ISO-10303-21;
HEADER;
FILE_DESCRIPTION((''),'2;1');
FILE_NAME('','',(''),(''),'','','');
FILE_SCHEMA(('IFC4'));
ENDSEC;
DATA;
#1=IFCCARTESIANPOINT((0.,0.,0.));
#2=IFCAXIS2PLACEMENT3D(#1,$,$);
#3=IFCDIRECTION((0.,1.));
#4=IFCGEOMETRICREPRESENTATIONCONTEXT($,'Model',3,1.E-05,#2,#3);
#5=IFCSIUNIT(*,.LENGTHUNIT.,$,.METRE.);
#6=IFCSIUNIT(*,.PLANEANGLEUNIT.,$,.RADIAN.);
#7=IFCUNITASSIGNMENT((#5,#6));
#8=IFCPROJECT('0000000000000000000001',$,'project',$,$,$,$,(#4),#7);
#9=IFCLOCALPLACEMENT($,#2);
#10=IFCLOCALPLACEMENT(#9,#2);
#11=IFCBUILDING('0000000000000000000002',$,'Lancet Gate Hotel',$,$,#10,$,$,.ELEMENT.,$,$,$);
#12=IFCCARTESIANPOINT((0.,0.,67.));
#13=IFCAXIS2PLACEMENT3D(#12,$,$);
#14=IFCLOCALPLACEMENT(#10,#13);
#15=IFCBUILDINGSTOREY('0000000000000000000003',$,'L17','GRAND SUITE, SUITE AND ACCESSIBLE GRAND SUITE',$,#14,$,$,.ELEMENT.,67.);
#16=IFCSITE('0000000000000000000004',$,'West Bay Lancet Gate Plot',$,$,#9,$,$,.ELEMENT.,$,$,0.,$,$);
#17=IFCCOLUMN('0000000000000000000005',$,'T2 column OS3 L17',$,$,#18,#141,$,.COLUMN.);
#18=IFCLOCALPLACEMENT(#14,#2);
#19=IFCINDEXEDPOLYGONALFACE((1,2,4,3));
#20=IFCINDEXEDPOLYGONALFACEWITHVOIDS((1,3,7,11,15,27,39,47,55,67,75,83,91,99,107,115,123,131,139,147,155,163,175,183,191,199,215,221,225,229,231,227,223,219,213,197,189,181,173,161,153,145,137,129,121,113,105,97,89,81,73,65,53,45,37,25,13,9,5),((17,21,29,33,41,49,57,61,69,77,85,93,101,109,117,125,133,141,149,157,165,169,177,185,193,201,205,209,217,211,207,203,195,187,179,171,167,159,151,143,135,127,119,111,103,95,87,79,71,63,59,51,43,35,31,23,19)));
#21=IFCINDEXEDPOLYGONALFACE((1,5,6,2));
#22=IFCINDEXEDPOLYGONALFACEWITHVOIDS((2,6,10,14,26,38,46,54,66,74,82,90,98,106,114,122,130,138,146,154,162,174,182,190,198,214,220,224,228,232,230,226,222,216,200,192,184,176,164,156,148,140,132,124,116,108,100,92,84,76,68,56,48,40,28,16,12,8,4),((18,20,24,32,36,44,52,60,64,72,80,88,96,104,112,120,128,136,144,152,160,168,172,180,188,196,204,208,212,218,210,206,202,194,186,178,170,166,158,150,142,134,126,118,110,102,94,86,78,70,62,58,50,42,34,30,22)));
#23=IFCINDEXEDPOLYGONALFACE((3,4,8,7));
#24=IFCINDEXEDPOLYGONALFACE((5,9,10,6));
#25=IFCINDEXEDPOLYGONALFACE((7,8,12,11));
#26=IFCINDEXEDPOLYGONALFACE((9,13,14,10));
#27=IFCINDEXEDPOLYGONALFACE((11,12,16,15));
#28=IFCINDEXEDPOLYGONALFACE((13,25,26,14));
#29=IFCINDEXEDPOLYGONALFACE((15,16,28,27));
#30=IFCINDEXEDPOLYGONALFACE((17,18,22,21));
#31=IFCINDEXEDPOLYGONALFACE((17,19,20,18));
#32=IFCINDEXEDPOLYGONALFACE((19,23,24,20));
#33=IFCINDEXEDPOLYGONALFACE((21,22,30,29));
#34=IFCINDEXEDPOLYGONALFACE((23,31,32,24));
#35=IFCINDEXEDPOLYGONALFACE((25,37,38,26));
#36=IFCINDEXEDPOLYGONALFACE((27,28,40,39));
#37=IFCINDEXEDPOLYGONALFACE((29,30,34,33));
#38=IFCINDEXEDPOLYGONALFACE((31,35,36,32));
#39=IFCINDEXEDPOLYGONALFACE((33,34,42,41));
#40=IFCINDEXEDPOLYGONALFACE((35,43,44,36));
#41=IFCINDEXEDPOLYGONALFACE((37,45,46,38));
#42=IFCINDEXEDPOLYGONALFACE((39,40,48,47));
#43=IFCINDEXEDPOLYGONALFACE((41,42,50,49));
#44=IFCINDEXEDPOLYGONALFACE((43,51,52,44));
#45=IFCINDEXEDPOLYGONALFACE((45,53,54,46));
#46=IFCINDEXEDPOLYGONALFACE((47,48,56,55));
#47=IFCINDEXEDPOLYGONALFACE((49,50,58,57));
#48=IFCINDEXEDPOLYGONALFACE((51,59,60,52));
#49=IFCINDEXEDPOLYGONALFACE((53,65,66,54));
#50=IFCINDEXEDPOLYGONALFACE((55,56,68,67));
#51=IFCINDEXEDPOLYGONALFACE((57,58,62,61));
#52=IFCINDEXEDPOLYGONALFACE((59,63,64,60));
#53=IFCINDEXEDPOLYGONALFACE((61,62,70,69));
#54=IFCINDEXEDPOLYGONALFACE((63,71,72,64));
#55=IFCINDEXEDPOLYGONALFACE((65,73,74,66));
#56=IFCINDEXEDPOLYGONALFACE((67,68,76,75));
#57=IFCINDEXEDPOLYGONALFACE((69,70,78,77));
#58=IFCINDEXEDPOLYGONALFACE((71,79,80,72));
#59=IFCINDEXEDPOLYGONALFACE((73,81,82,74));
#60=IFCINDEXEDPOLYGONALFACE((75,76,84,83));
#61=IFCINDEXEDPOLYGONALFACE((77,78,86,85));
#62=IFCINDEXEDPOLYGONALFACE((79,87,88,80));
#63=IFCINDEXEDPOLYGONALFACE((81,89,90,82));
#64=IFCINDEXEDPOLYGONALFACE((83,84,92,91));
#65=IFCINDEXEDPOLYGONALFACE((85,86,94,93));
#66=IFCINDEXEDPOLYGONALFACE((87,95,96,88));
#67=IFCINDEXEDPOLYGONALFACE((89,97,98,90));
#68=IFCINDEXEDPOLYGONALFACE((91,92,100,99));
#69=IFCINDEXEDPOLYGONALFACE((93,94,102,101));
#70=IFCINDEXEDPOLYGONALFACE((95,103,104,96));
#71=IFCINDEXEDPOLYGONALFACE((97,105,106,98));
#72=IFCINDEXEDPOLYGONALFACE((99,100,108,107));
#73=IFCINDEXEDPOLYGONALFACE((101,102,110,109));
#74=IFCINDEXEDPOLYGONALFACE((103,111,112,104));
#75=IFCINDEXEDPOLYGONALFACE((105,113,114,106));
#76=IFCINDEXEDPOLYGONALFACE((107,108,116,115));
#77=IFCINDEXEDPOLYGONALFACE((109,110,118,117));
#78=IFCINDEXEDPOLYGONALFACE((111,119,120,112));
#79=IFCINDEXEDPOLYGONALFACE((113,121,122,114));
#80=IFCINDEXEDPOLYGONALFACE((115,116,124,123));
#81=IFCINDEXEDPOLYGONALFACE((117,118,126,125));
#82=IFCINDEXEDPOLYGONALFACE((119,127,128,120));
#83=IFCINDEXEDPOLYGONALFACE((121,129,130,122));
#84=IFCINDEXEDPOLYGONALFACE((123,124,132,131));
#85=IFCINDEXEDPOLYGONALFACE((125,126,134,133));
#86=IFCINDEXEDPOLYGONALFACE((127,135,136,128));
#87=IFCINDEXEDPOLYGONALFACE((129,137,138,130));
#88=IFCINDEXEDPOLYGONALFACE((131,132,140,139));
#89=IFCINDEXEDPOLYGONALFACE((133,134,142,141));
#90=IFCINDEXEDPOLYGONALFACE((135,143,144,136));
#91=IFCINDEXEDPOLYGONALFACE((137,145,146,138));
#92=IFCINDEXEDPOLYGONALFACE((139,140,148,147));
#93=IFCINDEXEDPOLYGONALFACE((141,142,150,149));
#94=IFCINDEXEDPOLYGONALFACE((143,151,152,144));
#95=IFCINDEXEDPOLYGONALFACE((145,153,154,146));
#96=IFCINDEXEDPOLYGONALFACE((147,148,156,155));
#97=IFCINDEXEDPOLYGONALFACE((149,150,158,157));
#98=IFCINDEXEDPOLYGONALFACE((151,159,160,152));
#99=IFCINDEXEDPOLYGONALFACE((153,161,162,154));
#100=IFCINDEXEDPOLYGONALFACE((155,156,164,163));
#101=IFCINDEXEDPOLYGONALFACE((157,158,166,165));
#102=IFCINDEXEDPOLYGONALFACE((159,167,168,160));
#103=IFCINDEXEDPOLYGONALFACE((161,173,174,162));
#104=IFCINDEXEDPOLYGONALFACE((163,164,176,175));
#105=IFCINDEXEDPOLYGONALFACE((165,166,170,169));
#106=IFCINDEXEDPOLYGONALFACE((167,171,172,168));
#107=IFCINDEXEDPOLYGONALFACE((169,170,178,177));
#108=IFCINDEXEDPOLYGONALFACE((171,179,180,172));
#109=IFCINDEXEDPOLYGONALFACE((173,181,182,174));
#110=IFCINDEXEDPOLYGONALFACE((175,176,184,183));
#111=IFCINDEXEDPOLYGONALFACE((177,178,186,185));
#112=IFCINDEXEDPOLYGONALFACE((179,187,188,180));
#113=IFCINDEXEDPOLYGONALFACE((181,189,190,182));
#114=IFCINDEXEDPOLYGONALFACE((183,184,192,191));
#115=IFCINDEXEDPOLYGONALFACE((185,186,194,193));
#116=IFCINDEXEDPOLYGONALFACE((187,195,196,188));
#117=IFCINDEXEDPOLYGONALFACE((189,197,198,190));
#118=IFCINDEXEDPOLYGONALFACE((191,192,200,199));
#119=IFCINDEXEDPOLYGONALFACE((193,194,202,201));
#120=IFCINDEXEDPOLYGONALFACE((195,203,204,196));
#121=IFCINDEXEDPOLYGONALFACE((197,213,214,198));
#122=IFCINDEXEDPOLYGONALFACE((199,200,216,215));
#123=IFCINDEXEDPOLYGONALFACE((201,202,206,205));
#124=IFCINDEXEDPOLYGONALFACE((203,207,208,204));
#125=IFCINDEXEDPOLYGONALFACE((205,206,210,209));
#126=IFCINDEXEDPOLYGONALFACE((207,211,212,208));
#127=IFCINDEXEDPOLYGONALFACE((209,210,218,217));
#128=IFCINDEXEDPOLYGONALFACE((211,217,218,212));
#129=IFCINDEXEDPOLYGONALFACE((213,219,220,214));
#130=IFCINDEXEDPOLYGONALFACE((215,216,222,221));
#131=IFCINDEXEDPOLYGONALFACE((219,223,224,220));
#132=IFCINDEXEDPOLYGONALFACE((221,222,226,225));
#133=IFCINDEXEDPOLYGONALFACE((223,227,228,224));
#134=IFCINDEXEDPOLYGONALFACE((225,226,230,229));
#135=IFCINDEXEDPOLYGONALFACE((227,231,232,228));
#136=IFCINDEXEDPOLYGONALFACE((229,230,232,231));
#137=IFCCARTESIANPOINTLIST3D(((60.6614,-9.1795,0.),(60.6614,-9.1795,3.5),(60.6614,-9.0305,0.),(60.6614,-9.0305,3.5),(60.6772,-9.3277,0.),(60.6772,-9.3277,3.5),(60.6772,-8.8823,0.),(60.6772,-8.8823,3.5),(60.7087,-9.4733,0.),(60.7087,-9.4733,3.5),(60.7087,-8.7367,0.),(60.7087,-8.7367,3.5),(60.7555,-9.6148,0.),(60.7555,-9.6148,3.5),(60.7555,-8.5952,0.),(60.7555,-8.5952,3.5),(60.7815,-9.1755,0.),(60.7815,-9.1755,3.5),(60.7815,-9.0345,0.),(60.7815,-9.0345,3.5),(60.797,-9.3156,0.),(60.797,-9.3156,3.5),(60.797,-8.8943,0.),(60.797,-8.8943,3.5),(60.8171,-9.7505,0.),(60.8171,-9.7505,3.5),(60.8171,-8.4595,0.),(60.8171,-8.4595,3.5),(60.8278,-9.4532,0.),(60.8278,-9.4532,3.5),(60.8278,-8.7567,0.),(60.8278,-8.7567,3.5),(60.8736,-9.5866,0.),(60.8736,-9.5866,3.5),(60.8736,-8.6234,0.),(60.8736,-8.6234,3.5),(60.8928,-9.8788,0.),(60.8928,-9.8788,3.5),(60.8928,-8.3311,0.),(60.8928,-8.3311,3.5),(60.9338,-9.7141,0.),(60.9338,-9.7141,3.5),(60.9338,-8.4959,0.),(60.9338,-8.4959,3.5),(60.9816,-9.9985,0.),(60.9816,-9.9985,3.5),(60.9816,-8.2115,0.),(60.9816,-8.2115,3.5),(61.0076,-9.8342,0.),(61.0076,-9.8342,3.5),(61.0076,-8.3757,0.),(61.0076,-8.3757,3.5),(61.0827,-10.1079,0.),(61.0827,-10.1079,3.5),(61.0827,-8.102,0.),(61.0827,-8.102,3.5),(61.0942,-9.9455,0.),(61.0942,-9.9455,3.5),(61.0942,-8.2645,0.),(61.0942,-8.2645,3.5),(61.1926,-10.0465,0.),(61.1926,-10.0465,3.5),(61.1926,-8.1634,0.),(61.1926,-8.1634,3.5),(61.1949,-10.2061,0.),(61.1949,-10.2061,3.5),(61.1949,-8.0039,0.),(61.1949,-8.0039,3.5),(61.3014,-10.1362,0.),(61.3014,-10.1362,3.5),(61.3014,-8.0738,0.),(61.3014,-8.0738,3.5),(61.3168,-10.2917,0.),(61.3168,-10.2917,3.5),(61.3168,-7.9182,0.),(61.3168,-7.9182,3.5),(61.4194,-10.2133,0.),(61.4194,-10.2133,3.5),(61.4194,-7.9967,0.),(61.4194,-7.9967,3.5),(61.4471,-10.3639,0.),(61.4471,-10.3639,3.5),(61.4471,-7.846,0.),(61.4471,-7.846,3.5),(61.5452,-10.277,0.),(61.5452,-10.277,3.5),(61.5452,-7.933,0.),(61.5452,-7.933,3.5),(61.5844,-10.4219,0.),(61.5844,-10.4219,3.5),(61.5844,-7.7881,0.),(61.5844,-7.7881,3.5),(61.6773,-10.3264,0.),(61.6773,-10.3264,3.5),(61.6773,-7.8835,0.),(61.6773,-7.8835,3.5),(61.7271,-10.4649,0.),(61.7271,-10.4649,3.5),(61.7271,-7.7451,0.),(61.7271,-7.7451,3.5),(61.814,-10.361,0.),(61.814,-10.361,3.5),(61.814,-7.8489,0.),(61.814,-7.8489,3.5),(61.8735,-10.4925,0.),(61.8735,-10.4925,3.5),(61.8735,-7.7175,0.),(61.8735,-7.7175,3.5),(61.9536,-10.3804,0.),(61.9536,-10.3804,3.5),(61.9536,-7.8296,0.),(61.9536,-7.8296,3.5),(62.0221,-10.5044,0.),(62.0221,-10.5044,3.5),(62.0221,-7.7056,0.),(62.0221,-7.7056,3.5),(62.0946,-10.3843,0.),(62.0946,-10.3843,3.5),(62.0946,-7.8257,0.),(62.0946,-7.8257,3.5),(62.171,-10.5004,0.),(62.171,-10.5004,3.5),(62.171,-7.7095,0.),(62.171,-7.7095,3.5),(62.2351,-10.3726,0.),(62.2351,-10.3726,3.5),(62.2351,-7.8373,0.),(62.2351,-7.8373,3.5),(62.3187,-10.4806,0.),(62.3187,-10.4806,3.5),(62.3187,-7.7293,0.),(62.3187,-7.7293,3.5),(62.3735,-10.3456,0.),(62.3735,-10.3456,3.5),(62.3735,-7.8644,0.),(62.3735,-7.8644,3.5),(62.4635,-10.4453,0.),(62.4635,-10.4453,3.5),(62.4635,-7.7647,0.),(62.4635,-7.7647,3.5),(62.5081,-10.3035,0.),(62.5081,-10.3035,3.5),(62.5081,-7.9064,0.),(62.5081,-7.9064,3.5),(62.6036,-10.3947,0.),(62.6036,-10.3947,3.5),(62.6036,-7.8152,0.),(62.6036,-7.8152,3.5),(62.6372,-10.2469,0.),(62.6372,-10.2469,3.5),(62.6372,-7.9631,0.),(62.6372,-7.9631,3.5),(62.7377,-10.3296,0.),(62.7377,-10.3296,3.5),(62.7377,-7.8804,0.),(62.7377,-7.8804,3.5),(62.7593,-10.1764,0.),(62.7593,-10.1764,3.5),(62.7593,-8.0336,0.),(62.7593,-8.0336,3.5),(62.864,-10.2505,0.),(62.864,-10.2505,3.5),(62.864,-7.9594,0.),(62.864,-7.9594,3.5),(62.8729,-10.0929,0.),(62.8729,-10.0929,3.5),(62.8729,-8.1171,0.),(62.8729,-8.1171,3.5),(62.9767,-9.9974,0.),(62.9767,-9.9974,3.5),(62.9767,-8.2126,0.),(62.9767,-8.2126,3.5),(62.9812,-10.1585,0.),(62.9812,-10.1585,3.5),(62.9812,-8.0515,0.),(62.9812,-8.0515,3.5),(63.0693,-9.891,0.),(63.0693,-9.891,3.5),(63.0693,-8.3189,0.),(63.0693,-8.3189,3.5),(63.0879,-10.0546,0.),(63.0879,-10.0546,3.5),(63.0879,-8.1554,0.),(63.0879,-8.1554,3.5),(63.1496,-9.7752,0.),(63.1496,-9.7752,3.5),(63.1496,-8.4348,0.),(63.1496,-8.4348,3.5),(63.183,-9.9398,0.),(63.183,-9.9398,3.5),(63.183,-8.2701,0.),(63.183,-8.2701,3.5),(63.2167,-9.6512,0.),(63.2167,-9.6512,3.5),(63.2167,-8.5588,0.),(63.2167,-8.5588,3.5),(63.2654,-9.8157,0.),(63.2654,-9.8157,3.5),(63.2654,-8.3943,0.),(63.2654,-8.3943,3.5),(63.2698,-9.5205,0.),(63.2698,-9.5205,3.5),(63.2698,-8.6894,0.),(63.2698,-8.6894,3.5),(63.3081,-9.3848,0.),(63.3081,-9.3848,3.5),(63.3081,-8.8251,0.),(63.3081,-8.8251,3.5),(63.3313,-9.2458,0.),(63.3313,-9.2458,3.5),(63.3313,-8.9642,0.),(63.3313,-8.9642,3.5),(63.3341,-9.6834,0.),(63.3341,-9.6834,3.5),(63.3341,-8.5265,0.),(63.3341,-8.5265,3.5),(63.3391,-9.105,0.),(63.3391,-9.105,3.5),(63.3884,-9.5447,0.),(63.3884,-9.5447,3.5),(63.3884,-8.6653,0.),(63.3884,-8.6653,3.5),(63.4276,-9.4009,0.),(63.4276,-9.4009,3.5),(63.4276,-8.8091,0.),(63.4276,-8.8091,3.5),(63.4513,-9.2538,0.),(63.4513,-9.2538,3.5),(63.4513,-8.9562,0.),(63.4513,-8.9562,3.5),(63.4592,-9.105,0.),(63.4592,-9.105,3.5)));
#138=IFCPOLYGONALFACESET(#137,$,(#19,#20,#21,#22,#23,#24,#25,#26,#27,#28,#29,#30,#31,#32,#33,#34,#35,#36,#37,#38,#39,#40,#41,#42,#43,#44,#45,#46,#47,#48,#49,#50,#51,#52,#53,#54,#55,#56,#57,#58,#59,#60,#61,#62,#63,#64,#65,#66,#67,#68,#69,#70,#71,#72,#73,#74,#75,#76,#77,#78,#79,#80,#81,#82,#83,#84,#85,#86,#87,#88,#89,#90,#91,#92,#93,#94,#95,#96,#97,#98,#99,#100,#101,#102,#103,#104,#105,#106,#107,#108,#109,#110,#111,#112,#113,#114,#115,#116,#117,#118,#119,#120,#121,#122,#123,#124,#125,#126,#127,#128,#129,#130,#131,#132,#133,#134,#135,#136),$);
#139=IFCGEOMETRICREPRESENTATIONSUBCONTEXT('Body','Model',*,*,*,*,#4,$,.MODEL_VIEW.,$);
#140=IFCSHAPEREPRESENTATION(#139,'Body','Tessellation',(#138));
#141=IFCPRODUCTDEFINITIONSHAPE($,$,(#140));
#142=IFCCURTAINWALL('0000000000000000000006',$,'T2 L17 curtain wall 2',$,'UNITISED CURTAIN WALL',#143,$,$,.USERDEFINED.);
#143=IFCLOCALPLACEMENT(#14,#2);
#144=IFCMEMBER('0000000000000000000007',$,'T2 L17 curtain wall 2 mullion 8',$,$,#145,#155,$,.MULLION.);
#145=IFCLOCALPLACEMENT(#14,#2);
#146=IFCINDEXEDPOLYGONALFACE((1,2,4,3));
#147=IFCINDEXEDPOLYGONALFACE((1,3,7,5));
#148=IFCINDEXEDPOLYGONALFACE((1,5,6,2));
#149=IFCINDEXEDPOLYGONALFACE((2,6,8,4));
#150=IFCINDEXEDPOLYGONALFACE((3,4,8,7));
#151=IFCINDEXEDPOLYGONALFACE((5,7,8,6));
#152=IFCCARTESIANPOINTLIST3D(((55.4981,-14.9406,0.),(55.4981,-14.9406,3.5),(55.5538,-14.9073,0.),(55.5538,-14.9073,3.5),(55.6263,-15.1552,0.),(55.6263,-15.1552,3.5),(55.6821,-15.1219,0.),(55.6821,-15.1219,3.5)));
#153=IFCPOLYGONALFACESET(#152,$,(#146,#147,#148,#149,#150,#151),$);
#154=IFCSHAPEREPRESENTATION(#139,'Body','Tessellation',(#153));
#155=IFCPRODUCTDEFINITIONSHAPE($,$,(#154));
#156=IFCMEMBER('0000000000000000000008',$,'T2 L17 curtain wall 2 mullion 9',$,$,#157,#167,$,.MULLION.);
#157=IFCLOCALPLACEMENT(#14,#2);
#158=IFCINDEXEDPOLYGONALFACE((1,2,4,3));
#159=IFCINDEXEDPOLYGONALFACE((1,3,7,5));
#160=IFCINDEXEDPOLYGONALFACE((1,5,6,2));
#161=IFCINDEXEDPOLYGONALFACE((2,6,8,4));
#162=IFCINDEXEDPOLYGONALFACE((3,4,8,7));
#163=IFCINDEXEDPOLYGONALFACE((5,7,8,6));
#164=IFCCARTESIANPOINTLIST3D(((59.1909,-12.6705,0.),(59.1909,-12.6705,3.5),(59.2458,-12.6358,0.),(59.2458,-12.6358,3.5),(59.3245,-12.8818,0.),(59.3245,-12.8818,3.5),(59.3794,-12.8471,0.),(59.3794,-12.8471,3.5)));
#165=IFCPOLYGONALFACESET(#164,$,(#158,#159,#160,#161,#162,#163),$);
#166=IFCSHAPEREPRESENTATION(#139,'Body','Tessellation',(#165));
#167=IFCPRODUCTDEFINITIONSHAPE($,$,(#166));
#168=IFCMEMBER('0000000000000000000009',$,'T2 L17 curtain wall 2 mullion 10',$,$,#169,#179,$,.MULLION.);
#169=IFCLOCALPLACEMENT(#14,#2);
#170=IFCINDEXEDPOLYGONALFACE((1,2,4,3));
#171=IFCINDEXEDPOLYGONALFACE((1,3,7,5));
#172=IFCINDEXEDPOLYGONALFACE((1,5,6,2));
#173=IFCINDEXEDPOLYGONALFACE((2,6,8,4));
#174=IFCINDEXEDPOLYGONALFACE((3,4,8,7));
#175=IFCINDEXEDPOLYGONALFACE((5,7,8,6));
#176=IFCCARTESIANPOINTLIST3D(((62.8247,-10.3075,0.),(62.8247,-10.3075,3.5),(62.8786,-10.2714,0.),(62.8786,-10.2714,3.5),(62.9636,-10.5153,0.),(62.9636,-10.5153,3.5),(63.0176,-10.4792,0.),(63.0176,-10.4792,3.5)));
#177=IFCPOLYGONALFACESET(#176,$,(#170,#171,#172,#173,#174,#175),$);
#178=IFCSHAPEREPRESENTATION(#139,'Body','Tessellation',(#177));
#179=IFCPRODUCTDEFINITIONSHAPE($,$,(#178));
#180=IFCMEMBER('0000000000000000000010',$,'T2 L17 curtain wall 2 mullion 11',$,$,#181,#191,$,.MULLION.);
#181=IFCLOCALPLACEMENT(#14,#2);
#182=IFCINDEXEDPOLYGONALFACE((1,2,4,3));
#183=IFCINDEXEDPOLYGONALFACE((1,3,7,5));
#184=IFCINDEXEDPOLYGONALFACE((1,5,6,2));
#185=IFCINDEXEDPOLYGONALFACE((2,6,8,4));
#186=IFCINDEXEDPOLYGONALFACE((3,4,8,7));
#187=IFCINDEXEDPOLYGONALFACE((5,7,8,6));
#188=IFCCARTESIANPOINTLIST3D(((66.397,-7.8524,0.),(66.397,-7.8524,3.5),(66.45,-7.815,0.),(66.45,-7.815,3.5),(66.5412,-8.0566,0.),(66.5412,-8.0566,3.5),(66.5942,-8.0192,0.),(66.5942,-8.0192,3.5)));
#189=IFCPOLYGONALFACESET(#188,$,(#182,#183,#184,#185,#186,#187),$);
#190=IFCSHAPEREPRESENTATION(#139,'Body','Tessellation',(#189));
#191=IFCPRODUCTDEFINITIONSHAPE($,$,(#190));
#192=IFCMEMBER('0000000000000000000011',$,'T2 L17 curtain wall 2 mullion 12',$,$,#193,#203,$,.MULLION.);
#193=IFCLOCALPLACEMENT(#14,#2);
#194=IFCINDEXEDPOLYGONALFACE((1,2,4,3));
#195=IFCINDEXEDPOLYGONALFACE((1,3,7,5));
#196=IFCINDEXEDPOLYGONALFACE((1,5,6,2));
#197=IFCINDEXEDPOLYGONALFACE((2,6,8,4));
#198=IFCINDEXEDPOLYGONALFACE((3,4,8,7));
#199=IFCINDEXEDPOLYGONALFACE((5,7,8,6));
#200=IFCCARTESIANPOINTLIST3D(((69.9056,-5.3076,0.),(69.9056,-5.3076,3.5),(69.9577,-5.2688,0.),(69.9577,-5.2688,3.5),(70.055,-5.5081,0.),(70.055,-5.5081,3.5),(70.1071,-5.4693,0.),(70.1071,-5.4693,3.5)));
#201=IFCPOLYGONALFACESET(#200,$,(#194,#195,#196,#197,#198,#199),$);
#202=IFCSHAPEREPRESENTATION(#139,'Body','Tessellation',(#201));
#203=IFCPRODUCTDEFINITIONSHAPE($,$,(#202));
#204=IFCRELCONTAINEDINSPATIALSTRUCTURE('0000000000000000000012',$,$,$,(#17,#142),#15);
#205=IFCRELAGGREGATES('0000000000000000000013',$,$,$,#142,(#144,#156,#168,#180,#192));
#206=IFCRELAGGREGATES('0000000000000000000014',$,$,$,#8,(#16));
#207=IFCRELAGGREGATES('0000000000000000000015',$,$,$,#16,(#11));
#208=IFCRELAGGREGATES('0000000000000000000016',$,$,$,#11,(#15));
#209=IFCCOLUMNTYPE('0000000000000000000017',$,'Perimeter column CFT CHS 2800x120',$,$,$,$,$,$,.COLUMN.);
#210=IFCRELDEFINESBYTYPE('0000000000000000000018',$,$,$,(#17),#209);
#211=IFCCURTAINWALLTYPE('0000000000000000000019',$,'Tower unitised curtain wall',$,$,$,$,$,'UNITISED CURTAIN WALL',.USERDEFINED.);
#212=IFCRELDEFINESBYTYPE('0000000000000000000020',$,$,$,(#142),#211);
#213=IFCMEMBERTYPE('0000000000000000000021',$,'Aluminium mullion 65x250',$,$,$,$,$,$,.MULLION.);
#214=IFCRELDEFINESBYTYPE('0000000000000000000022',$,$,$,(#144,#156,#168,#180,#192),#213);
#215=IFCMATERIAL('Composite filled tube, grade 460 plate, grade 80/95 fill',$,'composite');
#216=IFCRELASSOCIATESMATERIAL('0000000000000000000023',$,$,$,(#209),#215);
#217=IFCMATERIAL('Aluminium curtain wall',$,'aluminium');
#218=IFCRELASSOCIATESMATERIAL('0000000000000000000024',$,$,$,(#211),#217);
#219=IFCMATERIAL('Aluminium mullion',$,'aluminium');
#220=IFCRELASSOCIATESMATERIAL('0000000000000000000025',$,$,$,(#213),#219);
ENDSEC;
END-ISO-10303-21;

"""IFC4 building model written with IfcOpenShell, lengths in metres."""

from ifc_helpers import new_model, si_unit, direction, frame, origin, origin_2d, place, context, subcontext, project, spatial, rectangle, hollow_circle, extrude, material, material_profile, profile_set, type_object, element, aggregate, save


model = new_model("IFC4")

# Units and contexts
model_context = context("Model", 3, precision=1e-05, world=origin(), true_north=direction((0.0, 1.0)))
body_context = subcontext(model_context, "Body", "Model", "MODEL_VIEW")
ifc_project = project(units=[si_unit("LENGTHUNIT", "METRE"), si_unit("PLANEANGLEUNIT", "RADIAN")], contexts=[model_context])

# Site, building, storey
site_placement = place(None, origin())
site = spatial("IfcSite", under=ifc_project, at=site_placement, Name="West Bay Lancet Gate Plot", CompositionType="ELEMENT", RefElevation=0.0)
building_placement = place(site_placement, origin())
building = spatial("IfcBuilding", under=site, at=building_placement, Name="Lancet Gate Hotel", CompositionType="ELEMENT")
storey_placement = place(building_placement, frame((0.0, 0.0, 67.0)))
storey = spatial("IfcBuildingStorey", under=building, at=storey_placement, Name="L17", Description="GRAND SUITE, SUITE AND ACCESSIBLE GRAND SUITE", CompositionType="ELEMENT", Elevation=67.0)

# Column
ifc_material_1 = material(Name="Composite filled tube, grade 460 plate, grade 80/95 fill", Category="composite")
ifc_material_profile_1 = material_profile(ifc_material_1, hollow_circle(Radius=1.3999, WallThickness=0.1201, at=origin_2d()), Name="CHS 2800x120")
ifc_profile_set_1 = profile_set([ifc_material_profile_1], Name="Composite filled tube, grade 460 plate, grade 80/95 fill")
column_type = type_object("IfcColumnType", Name="Perimeter column CFT CHS 2800x120", PredefinedType="COLUMN", material=ifc_profile_set_1)
for number, where, z_axis, x_axis, name in (
    (1, (62.0593, -9.105, 0.0), (0.0, 0.0, 1.0), (1.0, 0.0, 0.0), "T2 column OS3 L17"),
):
    element("IfcColumn", number, at=place(storey_placement, frame(where, z_axis=z_axis, x_axis=x_axis)), inside=storey, type_object=column_type, Name=name, PredefinedType="COLUMN", context=body_context, shape_type="SweptSolid", body=[
        extrude(hollow_circle(Radius=1.3999, WallThickness=0.1201, at=origin_2d()), origin(), (0.0, 0.0, 1.0), 3.5),
    ])

# Curtain wall, members
ifc_material_2 = material(Name="Aluminium curtain wall", Category="aluminium")
curtain_wall_type = type_object("IfcCurtainWallType", Name="Tower unitised curtain wall", ElementType="UNITISED CURTAIN WALL", PredefinedType="USERDEFINED", material=ifc_material_2)
curtain_wall_placement = place(storey_placement, origin())
curtain_wall = element("IfcCurtainWall", 2, at=curtain_wall_placement, inside=storey, type_object=curtain_wall_type, Name="T2 L17 curtain wall 2", ObjectType="UNITISED CURTAIN WALL", PredefinedType="USERDEFINED")
ifc_material_3 = material(Name="Aluminium mullion", Category="aluminium")
ifc_material_profile_2 = material_profile(ifc_material_3, rectangle(XDim=0.0649, YDim=0.25, at=origin_2d()), Name="MULLION 65x250")
ifc_profile_set_2 = profile_set([ifc_material_profile_2], Name="Aluminium mullion")
member_type_1 = type_object("IfcMemberType", Name="Aluminium mullion 65x250", PredefinedType="MULLION", material=ifc_profile_set_2)
member_1_placement = place(storey_placement, frame((55.5901, -15.0312, 0.0), z_axis=(0.0, 0.0, 1.0), x_axis=(0.858413, 0.512959, 0.0)))
member_1 = element("IfcMember", 3, at=member_1_placement, type_object=member_type_1, Name="T2 L17 curtain wall 2 mullion 8", PredefinedType="MULLION", context=body_context, shape_type="SweptSolid", body=[
    extrude(rectangle(XDim=0.0649, YDim=0.25, at=origin_2d()), origin(), (0.0, 0.0, 1.0), 3.5),
])
member_2_placement = place(storey_placement, frame((59.2852, -12.7588, 0.0), z_axis=(0.0, 0.0, 1.0), x_axis=(0.845079, 0.534641, 0.0)))
member_2 = element("IfcMember", 4, at=member_2_placement, type_object=member_type_1, Name="T2 L17 curtain wall 2 mullion 9", PredefinedType="MULLION", context=body_context, shape_type="SweptSolid", body=[
    extrude(rectangle(XDim=0.0649, YDim=0.25, at=origin_2d()), origin(), (0.0, 0.0, 1.0), 3.5),
])
member_3_placement = place(storey_placement, frame((62.9211, -10.3933, 0.0), z_axis=(0.0, 0.0, 1.0), x_axis=(0.831198, 0.555976, 0.0)))
member_3 = element("IfcMember", 5, at=member_3_placement, type_object=member_type_1, Name="T2 L17 curtain wall 2 mullion 10", PredefinedType="MULLION", context=body_context, shape_type="SweptSolid", body=[
    extrude(rectangle(XDim=0.0649, YDim=0.25, at=origin_2d()), origin(), (0.0, 0.0, 1.0), 3.5),
])
member_4_placement = place(storey_placement, frame((66.4956, -7.9358, 0.0), z_axis=(0.0, 0.0, 1.0), x_axis=(0.816779, 0.576951, 0.0)))
member_4 = element("IfcMember", 6, at=member_4_placement, type_object=member_type_1, Name="T2 L17 curtain wall 2 mullion 11", PredefinedType="MULLION", context=body_context, shape_type="SweptSolid", body=[
    extrude(rectangle(XDim=0.0649, YDim=0.25, at=origin_2d()), origin(), (0.0, 0.0, 1.0), 3.5),
])
member_5_placement = place(storey_placement, frame((70.0063, -5.3884, 0.0), z_axis=(0.0, 0.0, 1.0), x_axis=(0.80183, 0.597552, 0.0)))
member_5 = element("IfcMember", 7, at=member_5_placement, type_object=member_type_1, Name="T2 L17 curtain wall 2 mullion 12", PredefinedType="MULLION", context=body_context, shape_type="SweptSolid", body=[
    extrude(rectangle(XDim=0.0649, YDim=0.25, at=origin_2d()), origin(), (0.0, 0.0, 1.0), 3.5),
])

aggregate(curtain_wall, [member_1, member_2, member_3, member_4, member_5])

save(model, "model.ifc")
